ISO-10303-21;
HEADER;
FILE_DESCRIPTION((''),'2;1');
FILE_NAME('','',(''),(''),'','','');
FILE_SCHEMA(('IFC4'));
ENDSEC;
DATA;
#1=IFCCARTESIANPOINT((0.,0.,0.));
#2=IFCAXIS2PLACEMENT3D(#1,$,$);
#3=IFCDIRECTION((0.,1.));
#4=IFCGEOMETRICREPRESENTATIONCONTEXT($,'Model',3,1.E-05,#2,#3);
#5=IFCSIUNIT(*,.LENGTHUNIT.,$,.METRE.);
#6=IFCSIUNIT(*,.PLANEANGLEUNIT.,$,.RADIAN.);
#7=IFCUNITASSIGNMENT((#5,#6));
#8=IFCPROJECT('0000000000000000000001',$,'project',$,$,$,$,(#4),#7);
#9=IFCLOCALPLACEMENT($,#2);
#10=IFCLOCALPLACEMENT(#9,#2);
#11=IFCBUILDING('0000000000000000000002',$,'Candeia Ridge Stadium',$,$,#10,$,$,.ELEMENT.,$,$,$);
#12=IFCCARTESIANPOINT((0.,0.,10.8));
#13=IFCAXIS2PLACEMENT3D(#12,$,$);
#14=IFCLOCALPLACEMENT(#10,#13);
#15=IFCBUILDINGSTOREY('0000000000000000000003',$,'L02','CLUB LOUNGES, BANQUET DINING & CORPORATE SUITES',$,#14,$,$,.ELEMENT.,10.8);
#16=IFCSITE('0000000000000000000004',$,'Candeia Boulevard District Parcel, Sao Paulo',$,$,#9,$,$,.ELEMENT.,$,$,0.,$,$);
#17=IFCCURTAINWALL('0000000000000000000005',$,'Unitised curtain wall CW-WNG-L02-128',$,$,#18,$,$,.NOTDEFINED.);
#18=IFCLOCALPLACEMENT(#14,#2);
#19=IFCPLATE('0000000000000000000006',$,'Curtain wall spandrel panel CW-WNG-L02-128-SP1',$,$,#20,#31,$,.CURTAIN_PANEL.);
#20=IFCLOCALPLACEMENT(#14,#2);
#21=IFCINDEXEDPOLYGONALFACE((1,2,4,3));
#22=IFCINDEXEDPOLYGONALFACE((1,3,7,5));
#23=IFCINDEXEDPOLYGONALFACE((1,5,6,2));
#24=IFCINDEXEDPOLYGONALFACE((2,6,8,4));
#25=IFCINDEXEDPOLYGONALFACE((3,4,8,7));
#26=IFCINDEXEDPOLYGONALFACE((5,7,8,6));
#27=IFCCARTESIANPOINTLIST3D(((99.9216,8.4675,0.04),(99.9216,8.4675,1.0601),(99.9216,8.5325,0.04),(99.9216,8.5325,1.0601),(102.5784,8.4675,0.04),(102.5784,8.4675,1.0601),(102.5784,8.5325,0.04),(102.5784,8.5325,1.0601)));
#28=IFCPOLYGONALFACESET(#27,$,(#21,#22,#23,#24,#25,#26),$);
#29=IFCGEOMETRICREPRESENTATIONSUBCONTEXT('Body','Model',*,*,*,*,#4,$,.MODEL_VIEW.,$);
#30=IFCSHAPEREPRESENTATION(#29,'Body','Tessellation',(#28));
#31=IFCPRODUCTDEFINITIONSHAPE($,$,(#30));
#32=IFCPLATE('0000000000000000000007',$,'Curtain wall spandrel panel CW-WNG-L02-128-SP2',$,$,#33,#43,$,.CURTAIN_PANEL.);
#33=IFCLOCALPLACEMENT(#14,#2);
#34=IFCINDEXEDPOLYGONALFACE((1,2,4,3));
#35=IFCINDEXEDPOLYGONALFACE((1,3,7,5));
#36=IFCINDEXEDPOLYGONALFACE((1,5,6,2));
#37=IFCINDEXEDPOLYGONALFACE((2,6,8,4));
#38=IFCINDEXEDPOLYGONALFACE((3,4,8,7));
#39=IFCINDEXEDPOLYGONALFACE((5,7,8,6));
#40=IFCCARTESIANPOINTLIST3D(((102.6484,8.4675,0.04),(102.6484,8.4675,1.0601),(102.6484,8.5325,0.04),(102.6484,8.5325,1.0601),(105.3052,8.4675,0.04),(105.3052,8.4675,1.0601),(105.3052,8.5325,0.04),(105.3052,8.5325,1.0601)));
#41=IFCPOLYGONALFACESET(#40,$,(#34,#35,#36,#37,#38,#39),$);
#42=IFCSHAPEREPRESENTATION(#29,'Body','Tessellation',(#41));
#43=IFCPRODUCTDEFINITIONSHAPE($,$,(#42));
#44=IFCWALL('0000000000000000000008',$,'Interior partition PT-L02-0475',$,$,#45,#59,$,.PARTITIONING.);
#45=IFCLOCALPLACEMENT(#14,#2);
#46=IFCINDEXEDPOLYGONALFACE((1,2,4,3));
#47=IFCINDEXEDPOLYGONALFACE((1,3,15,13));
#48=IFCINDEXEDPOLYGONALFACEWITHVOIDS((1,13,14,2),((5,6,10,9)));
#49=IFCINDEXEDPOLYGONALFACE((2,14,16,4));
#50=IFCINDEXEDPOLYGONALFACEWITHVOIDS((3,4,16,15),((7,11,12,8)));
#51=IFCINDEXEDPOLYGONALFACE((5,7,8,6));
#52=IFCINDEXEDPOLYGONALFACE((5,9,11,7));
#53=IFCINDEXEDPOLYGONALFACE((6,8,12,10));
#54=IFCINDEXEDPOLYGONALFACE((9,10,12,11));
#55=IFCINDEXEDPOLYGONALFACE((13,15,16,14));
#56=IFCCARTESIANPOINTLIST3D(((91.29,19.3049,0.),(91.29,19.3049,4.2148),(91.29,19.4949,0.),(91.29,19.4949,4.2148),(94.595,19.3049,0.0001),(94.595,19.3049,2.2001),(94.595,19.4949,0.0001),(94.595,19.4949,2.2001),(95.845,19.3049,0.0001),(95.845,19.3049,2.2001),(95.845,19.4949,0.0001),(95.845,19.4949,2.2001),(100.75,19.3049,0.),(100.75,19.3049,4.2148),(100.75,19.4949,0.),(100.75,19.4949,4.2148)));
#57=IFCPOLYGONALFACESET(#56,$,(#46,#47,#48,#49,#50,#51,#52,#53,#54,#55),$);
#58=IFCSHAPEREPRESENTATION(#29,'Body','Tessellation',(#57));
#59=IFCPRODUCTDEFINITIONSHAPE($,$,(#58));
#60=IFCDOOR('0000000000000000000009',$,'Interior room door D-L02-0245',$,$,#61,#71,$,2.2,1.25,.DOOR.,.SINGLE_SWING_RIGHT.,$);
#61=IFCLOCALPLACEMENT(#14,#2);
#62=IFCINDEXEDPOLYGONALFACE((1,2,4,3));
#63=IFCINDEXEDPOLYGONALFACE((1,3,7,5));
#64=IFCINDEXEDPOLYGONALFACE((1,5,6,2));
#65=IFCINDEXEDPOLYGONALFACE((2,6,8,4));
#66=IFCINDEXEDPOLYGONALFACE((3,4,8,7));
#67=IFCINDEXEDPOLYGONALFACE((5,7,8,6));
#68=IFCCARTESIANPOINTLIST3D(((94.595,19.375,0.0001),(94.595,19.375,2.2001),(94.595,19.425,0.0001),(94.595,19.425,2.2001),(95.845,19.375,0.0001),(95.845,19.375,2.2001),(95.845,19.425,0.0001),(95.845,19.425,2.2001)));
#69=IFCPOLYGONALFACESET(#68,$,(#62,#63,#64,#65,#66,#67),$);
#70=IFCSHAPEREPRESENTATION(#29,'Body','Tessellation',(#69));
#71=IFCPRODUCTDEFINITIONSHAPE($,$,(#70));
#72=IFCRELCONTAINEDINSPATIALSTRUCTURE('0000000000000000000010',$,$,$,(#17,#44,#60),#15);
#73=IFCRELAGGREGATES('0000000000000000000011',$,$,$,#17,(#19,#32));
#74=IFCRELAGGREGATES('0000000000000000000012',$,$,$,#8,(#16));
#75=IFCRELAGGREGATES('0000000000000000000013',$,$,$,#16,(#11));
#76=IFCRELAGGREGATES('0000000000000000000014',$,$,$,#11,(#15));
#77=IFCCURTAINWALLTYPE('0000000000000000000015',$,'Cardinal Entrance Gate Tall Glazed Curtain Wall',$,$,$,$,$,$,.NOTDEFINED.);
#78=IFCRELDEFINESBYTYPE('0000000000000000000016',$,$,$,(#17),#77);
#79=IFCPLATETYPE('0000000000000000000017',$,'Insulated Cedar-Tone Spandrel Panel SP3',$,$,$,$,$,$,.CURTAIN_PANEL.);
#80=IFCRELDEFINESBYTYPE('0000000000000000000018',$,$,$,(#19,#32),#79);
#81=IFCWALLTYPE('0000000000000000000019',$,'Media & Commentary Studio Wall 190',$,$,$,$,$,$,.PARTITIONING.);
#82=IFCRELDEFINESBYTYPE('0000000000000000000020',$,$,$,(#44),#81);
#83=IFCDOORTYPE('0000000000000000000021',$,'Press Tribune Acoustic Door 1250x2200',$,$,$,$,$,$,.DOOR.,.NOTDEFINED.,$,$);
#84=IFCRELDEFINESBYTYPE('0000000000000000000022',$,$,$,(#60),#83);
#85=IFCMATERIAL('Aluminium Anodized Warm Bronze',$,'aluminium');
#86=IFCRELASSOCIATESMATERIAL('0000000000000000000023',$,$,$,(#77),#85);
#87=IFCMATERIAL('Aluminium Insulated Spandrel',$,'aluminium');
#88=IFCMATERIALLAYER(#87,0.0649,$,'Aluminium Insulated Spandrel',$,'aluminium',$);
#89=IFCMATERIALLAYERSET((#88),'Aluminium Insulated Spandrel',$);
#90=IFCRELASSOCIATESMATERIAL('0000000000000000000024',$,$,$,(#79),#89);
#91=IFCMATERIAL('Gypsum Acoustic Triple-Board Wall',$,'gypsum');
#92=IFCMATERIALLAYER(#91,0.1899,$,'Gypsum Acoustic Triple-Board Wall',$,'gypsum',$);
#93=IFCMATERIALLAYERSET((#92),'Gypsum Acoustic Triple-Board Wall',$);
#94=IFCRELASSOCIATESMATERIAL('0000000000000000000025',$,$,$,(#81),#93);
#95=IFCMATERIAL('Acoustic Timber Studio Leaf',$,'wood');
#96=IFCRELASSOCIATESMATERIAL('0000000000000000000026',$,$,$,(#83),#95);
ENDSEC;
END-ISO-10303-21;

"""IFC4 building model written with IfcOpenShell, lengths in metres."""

from ifc_helpers import new_model, si_unit, direction, frame, frame_2d, origin, origin_2d, place, context, subcontext, project, spatial, rectangle, extrude, material, layer, layer_set, type_object, element, fill, aggregate, save


model = new_model("IFC4")

# Units and contexts
model_context = context("Model", 3, precision=1e-05, world=origin(), true_north=direction((0.0, 1.0)))
body_context = subcontext(model_context, "Body", "Model", "MODEL_VIEW")
ifc_project = project(units=[si_unit("LENGTHUNIT", "METRE"), si_unit("PLANEANGLEUNIT", "RADIAN")], contexts=[model_context])

# Site, building, storey
site_placement = place(None, origin())
site = spatial("IfcSite", under=ifc_project, at=site_placement, Name="Candeia Boulevard District Parcel, Sao Paulo", CompositionType="ELEMENT", RefElevation=0.0)
building_placement = place(site_placement, origin())
building = spatial("IfcBuilding", under=site, at=building_placement, Name="Candeia Ridge Stadium", CompositionType="ELEMENT")
storey_placement = place(building_placement, frame((0.0, 0.0, 10.8)))
storey = spatial("IfcBuildingStorey", under=building, at=storey_placement, Name="L02", Description="CLUB LOUNGES, BANQUET DINING & CORPORATE SUITES", CompositionType="ELEMENT", Elevation=10.8)

# Curtain wall
ifc_material_1 = material(Name="Aluminium Anodized Warm Bronze", Category="aluminium")
curtain_wall_type = type_object("IfcCurtainWallType", Name="Cardinal Entrance Gate Tall Glazed Curtain Wall", PredefinedType="NOTDEFINED", material=ifc_material_1)
curtain_wall_placement = place(storey_placement, origin())
curtain_wall = element("IfcCurtainWall", 1, at=curtain_wall_placement, inside=storey, type_object=curtain_wall_type, Name="Unitised curtain wall CW-WNG-L02-128", PredefinedType="NOTDEFINED")

# Plates
ifc_material_2 = material(Name="Aluminium Insulated Spandrel", Category="aluminium")
ifc_layer_1 = layer(ifc_material_2, 0.0649, Name="Aluminium Insulated Spandrel", Category="aluminium")
ifc_layer_set_1 = layer_set([ifc_layer_1], Name="Aluminium Insulated Spandrel")
plate_type_1 = type_object("IfcPlateType", Name="Insulated Cedar-Tone Spandrel Panel SP3", PredefinedType="CURTAIN_PANEL", material=ifc_layer_set_1)
plate_1_placement = place(storey_placement, frame((101.25, 8.5, 0.04), z_axis=(0.0, 0.0, 1.0), x_axis=(1.0, 0.0, 0.0)))
plate_1 = element("IfcPlate", 2, at=plate_1_placement, type_object=plate_type_1, Name="Curtain wall spandrel panel CW-WNG-L02-128-SP1", PredefinedType="CURTAIN_PANEL", context=body_context, shape_type="SweptSolid", body=[
    extrude(rectangle(XDim=2.6567, YDim=0.0649, at=origin_2d()), origin(), (0.0, 0.0, 1.0), 1.02),
])
plate_2_placement = place(storey_placement, frame((103.9768, 8.5, 0.04), z_axis=(0.0, 0.0, 1.0), x_axis=(1.0, 0.0, 0.0)))
plate_2 = element("IfcPlate", 3, at=plate_2_placement, type_object=plate_type_1, Name="Curtain wall spandrel panel CW-WNG-L02-128-SP2", PredefinedType="CURTAIN_PANEL", context=body_context, shape_type="SweptSolid", body=[
    extrude(rectangle(XDim=2.6567, YDim=0.0649, at=origin_2d()), origin(), (0.0, 0.0, 1.0), 1.02),
])
aggregate(curtain_wall, [plate_1, plate_2])

# Wall, opening, door
ifc_material_3 = material(Name="Gypsum Acoustic Triple-Board Wall", Category="gypsum")
ifc_layer_2 = layer(ifc_material_3, 0.1899, Name="Gypsum Acoustic Triple-Board Wall", Category="gypsum")
ifc_layer_set_2 = layer_set([ifc_layer_2], Name="Gypsum Acoustic Triple-Board Wall")
wall_type = type_object("IfcWallType", Name="Media & Commentary Studio Wall 190", PredefinedType="PARTITIONING", material=ifc_layer_set_2)
wall_placement = place(storey_placement, frame((100.75, 19.3999, 0.0), z_axis=(0.0, 0.0, 1.0), x_axis=(-1.0, 0.0, 0.0)))
wall = element("IfcWall", 4, at=wall_placement, inside=storey, type_object=wall_type, Name="Interior partition PT-L02-0475", PredefinedType="PARTITIONING", context=body_context, shape_type="SweptSolid", body=[
    extrude(rectangle(XDim=9.46, YDim=0.1899, at=frame_2d((4.73, 0.0))), origin(), (0.0, 0.0, 1.0), 4.2148),
])
opening_placement = place(wall_placement, frame((4.905, 0.0, 0.0)))
opening = element("IfcOpeningElement", 5, at=opening_placement, cuts=wall, PredefinedType="OPENING", context=body_context, shape_type="SweptSolid", body=[
    extrude(rectangle(XDim=1.25, YDim=2.2, at=frame_2d((0.625, 1.1001))), frame((0.0, 0.105, 0.0), z_axis=(0.0, -1.0, 0.0), x_axis=(1.0, 0.0, 0.0)), (0.0, 0.0, 1.0), 0.21),
])
ifc_material_4 = material(Name="Acoustic Timber Studio Leaf", Category="wood")
door_type = type_object("IfcDoorType", Name="Press Tribune Acoustic Door 1250x2200", OperationType="NOTDEFINED", PredefinedType="DOOR", material=ifc_material_4)
door_placement = place(opening_placement, origin())
door = element("IfcDoor", 6, at=door_placement, inside=storey, type_object=door_type, Name="Interior room door D-L02-0245", OperationType="SINGLE_SWING_RIGHT", OverallHeight=2.2, OverallWidth=1.25, PredefinedType="DOOR", context=body_context, shape_type="SweptSolid", body=[
    extrude(rectangle(XDim=1.25, YDim=2.2, at=frame_2d((0.625, 1.1001))), frame((0.0, 0.0249, 0.0), z_axis=(0.0, -1.0, 0.0), x_axis=(1.0, 0.0, 0.0)), (0.0, 0.0, 1.0), 0.05),
])
fill(opening, door)

save(model, "model.ifc")
